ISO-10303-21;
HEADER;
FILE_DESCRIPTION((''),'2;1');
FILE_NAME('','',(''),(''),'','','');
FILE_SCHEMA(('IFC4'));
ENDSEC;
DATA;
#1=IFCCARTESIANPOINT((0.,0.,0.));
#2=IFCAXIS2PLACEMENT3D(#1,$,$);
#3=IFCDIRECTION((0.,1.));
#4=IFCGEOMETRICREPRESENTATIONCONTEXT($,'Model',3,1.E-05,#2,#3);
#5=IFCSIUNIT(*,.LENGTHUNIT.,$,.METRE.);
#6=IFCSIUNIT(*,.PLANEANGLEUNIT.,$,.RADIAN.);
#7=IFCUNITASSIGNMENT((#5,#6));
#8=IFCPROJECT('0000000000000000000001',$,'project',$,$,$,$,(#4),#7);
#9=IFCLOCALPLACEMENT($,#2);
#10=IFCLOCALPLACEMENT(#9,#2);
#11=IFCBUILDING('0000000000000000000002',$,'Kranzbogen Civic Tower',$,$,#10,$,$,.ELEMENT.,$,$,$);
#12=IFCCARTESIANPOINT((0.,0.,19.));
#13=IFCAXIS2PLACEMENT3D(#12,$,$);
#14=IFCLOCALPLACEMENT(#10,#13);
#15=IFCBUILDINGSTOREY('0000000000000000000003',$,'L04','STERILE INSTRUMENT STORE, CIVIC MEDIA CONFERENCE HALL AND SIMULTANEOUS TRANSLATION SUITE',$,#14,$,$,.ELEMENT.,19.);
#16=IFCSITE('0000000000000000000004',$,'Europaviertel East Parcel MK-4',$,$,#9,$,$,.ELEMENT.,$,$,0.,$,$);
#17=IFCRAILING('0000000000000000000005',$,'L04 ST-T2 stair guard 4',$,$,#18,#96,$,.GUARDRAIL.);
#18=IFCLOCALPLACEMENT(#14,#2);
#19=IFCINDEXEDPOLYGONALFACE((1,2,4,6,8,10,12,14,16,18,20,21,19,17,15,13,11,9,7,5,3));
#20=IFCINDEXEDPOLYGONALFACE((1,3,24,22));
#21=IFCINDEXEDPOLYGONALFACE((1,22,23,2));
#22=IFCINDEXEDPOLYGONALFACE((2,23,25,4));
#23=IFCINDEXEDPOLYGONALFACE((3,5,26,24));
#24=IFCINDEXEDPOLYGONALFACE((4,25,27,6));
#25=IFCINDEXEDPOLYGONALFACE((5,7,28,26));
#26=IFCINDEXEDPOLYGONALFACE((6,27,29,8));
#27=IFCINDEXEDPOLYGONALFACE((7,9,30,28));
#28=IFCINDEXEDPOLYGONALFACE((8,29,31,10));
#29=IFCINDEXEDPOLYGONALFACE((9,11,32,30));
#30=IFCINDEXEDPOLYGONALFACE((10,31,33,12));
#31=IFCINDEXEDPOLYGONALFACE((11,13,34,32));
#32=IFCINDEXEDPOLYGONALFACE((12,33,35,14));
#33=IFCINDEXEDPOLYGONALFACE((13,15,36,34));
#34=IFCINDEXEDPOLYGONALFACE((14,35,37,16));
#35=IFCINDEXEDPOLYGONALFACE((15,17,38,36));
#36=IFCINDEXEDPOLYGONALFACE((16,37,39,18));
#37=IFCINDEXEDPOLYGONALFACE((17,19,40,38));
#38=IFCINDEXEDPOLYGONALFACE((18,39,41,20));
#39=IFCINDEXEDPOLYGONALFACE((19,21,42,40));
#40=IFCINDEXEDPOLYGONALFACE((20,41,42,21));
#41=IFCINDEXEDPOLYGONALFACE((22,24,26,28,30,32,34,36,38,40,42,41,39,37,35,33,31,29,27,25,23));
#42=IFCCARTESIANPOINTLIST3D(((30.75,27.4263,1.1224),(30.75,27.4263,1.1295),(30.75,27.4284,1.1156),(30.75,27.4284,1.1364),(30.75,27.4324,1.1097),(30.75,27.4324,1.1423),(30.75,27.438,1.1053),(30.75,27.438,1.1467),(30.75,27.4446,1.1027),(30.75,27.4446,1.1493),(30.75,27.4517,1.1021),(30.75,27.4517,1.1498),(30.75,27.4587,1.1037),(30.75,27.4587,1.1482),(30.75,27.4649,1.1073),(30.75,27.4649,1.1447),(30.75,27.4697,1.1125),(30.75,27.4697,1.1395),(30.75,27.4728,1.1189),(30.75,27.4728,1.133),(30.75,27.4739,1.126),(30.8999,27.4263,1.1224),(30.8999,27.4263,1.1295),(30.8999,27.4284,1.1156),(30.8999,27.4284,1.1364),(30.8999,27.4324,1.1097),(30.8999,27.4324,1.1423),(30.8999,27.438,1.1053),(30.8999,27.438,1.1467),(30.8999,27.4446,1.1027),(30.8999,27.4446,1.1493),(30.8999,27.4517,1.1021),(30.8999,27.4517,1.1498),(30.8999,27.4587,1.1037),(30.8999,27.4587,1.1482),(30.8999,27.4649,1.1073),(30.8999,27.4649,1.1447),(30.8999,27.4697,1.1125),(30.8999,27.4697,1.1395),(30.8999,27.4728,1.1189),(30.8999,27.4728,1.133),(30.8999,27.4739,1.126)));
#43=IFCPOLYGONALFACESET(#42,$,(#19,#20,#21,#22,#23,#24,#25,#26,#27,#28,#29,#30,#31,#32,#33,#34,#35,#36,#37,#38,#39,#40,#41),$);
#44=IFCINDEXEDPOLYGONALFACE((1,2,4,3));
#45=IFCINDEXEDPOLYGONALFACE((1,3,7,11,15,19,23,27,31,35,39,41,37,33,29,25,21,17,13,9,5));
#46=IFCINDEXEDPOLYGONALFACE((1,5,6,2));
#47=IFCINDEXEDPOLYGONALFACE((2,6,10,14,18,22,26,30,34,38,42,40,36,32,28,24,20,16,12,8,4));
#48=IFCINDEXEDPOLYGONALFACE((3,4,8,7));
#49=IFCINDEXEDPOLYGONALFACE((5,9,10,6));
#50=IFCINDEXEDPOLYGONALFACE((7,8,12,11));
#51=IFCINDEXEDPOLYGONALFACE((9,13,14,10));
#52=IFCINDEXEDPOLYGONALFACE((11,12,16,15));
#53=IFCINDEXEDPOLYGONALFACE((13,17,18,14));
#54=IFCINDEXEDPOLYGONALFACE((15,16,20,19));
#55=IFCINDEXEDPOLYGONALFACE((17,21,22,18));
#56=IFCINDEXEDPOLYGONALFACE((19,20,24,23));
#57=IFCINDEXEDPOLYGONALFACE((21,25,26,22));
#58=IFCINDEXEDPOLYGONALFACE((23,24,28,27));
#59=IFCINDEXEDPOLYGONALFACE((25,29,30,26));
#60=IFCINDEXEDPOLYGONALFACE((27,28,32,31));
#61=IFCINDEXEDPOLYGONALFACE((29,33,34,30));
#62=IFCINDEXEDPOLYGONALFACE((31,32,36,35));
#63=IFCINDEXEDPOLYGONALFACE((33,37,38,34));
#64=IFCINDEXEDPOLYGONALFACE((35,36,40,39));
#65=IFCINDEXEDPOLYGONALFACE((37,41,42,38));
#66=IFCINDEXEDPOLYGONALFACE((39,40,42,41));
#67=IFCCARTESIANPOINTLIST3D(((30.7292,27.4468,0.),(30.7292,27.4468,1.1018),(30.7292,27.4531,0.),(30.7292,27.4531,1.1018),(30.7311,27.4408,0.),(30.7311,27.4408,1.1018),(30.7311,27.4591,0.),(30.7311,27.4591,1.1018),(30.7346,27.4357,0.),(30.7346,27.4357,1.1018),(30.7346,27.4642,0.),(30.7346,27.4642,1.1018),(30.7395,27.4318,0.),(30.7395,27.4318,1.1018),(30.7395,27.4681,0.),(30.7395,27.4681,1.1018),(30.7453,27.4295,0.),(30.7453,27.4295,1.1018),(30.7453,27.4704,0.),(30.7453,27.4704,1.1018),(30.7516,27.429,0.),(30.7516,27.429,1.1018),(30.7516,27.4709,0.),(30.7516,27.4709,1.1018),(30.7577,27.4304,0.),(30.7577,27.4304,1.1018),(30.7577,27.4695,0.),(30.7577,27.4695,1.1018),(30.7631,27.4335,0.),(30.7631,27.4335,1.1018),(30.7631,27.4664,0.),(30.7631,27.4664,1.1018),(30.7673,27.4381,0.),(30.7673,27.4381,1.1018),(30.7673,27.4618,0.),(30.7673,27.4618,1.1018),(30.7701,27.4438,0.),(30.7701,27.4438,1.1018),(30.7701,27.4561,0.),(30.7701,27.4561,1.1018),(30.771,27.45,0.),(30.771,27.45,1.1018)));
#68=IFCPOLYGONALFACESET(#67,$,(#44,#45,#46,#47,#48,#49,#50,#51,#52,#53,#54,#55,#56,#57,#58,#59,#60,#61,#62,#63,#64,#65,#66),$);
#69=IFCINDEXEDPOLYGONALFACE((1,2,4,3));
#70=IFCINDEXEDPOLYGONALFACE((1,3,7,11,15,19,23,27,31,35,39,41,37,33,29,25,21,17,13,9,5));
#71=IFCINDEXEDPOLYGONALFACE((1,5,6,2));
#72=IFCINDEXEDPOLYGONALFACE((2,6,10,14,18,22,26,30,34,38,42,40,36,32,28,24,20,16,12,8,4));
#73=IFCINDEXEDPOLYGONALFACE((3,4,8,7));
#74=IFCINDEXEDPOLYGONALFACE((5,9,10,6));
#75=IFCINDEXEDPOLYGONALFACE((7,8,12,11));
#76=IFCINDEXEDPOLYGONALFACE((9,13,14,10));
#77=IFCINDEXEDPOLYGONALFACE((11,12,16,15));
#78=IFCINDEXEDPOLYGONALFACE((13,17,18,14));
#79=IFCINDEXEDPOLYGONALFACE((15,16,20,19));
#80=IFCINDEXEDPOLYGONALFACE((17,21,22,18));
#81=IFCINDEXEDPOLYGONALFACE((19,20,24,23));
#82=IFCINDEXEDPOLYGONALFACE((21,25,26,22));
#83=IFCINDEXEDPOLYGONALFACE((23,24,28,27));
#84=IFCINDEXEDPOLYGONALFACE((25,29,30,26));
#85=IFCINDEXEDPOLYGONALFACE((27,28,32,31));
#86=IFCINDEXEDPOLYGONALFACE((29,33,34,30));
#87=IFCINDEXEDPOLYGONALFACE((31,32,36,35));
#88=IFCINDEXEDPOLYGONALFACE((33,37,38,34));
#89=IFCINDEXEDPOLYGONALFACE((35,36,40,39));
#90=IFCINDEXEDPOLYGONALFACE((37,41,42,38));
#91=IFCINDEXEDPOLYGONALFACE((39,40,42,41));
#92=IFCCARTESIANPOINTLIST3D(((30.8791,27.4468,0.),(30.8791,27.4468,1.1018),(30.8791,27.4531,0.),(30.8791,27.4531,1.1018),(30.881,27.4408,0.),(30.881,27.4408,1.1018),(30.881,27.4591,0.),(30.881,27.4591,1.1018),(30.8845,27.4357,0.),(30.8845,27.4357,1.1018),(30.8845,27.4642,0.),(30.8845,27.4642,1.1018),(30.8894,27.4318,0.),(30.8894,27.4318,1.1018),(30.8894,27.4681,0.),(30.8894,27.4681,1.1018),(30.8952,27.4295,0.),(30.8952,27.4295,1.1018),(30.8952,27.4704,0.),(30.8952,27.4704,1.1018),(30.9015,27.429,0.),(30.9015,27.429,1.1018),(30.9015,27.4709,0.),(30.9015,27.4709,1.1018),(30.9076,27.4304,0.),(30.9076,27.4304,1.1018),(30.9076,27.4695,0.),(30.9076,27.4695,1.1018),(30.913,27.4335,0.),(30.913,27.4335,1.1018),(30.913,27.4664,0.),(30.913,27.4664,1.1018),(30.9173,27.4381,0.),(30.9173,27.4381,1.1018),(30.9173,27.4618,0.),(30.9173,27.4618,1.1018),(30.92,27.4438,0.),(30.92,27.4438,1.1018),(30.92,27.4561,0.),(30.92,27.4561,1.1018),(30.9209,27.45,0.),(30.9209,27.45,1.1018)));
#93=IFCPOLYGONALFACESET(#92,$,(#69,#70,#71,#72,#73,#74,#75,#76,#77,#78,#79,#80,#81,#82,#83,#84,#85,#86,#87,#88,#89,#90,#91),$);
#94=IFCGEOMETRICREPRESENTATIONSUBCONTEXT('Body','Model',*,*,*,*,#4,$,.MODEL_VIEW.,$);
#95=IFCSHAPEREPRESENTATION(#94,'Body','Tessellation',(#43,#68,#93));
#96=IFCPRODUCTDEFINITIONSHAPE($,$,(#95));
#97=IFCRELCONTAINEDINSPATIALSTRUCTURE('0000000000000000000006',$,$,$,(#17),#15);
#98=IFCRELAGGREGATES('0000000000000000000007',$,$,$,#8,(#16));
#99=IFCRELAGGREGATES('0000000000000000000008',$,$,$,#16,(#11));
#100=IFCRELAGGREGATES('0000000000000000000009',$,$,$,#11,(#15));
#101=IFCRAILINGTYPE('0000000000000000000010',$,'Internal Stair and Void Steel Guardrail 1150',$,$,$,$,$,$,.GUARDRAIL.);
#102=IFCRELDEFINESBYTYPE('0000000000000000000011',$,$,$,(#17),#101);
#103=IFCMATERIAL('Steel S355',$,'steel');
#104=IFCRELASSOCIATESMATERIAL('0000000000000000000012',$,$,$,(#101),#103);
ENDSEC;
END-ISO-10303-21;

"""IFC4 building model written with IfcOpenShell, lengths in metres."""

from ifc_helpers import new_model, si_unit, direction, frame, origin, origin_2d, place, context, subcontext, project, spatial, circle, extrude, material, type_object, element, save


model = new_model("IFC4")

# Units and contexts
model_context = context("Model", 3, precision=1e-05, world=origin(), true_north=direction((0.0, 1.0)))
body_context = subcontext(model_context, "Body", "Model", "MODEL_VIEW")
ifc_project = project(units=[si_unit("LENGTHUNIT", "METRE"), si_unit("PLANEANGLEUNIT", "RADIAN")], contexts=[model_context])

# Site, building, storey
site_placement = place(None, origin())
site = spatial("IfcSite", under=ifc_project, at=site_placement, Name="Europaviertel East Parcel MK-4", CompositionType="ELEMENT", RefElevation=0.0)
building_placement = place(site_placement, origin())
building = spatial("IfcBuilding", under=site, at=building_placement, Name="Kranzbogen Civic Tower", CompositionType="ELEMENT")
storey_placement = place(building_placement, frame((0.0, 0.0, 19.0)))
storey = spatial("IfcBuildingStorey", under=building, at=storey_placement, Name="L04", Description="STERILE INSTRUMENT STORE, CIVIC MEDIA CONFERENCE HALL AND SIMULTANEOUS TRANSLATION SUITE", CompositionType="ELEMENT", Elevation=19.0)

# Shared definitions
ifc_material_1 = material(Name="Steel S355", Category="steel")

# Railing
railing_type_1 = type_object("IfcRailingType", Name="Internal Stair and Void Steel Guardrail 1150", PredefinedType="GUARDRAIL", material=ifc_material_1)
railing_1_placement = place(storey_placement, frame((30.75, 27.45, 0.0)))
element("IfcRailing", 1, at=railing_1_placement, inside=storey, type_object=railing_type_1, Name="L04 ST-T2 stair guard 4", PredefinedType="GUARDRAIL", context=body_context, shape_type="SweptSolid", body=[
    extrude(circle(Radius=0.0239, at=origin_2d()), frame((0.0, 0.0, 1.126), z_axis=(1.0, 0.0, 0.0), x_axis=(0.0, 1.0, 0.0)), (0.0, 0.0, 1.0), 0.1499),
    extrude(circle(Radius=0.021, at=origin_2d()), origin(), (0.0, 0.0, 1.0), 1.1018),
    extrude(circle(Radius=0.021, at=origin_2d()), frame((0.1499, 0.0, 0.0)), (0.0, 0.0, 1.0), 1.1018),
])

save(model, "model.ifc")
